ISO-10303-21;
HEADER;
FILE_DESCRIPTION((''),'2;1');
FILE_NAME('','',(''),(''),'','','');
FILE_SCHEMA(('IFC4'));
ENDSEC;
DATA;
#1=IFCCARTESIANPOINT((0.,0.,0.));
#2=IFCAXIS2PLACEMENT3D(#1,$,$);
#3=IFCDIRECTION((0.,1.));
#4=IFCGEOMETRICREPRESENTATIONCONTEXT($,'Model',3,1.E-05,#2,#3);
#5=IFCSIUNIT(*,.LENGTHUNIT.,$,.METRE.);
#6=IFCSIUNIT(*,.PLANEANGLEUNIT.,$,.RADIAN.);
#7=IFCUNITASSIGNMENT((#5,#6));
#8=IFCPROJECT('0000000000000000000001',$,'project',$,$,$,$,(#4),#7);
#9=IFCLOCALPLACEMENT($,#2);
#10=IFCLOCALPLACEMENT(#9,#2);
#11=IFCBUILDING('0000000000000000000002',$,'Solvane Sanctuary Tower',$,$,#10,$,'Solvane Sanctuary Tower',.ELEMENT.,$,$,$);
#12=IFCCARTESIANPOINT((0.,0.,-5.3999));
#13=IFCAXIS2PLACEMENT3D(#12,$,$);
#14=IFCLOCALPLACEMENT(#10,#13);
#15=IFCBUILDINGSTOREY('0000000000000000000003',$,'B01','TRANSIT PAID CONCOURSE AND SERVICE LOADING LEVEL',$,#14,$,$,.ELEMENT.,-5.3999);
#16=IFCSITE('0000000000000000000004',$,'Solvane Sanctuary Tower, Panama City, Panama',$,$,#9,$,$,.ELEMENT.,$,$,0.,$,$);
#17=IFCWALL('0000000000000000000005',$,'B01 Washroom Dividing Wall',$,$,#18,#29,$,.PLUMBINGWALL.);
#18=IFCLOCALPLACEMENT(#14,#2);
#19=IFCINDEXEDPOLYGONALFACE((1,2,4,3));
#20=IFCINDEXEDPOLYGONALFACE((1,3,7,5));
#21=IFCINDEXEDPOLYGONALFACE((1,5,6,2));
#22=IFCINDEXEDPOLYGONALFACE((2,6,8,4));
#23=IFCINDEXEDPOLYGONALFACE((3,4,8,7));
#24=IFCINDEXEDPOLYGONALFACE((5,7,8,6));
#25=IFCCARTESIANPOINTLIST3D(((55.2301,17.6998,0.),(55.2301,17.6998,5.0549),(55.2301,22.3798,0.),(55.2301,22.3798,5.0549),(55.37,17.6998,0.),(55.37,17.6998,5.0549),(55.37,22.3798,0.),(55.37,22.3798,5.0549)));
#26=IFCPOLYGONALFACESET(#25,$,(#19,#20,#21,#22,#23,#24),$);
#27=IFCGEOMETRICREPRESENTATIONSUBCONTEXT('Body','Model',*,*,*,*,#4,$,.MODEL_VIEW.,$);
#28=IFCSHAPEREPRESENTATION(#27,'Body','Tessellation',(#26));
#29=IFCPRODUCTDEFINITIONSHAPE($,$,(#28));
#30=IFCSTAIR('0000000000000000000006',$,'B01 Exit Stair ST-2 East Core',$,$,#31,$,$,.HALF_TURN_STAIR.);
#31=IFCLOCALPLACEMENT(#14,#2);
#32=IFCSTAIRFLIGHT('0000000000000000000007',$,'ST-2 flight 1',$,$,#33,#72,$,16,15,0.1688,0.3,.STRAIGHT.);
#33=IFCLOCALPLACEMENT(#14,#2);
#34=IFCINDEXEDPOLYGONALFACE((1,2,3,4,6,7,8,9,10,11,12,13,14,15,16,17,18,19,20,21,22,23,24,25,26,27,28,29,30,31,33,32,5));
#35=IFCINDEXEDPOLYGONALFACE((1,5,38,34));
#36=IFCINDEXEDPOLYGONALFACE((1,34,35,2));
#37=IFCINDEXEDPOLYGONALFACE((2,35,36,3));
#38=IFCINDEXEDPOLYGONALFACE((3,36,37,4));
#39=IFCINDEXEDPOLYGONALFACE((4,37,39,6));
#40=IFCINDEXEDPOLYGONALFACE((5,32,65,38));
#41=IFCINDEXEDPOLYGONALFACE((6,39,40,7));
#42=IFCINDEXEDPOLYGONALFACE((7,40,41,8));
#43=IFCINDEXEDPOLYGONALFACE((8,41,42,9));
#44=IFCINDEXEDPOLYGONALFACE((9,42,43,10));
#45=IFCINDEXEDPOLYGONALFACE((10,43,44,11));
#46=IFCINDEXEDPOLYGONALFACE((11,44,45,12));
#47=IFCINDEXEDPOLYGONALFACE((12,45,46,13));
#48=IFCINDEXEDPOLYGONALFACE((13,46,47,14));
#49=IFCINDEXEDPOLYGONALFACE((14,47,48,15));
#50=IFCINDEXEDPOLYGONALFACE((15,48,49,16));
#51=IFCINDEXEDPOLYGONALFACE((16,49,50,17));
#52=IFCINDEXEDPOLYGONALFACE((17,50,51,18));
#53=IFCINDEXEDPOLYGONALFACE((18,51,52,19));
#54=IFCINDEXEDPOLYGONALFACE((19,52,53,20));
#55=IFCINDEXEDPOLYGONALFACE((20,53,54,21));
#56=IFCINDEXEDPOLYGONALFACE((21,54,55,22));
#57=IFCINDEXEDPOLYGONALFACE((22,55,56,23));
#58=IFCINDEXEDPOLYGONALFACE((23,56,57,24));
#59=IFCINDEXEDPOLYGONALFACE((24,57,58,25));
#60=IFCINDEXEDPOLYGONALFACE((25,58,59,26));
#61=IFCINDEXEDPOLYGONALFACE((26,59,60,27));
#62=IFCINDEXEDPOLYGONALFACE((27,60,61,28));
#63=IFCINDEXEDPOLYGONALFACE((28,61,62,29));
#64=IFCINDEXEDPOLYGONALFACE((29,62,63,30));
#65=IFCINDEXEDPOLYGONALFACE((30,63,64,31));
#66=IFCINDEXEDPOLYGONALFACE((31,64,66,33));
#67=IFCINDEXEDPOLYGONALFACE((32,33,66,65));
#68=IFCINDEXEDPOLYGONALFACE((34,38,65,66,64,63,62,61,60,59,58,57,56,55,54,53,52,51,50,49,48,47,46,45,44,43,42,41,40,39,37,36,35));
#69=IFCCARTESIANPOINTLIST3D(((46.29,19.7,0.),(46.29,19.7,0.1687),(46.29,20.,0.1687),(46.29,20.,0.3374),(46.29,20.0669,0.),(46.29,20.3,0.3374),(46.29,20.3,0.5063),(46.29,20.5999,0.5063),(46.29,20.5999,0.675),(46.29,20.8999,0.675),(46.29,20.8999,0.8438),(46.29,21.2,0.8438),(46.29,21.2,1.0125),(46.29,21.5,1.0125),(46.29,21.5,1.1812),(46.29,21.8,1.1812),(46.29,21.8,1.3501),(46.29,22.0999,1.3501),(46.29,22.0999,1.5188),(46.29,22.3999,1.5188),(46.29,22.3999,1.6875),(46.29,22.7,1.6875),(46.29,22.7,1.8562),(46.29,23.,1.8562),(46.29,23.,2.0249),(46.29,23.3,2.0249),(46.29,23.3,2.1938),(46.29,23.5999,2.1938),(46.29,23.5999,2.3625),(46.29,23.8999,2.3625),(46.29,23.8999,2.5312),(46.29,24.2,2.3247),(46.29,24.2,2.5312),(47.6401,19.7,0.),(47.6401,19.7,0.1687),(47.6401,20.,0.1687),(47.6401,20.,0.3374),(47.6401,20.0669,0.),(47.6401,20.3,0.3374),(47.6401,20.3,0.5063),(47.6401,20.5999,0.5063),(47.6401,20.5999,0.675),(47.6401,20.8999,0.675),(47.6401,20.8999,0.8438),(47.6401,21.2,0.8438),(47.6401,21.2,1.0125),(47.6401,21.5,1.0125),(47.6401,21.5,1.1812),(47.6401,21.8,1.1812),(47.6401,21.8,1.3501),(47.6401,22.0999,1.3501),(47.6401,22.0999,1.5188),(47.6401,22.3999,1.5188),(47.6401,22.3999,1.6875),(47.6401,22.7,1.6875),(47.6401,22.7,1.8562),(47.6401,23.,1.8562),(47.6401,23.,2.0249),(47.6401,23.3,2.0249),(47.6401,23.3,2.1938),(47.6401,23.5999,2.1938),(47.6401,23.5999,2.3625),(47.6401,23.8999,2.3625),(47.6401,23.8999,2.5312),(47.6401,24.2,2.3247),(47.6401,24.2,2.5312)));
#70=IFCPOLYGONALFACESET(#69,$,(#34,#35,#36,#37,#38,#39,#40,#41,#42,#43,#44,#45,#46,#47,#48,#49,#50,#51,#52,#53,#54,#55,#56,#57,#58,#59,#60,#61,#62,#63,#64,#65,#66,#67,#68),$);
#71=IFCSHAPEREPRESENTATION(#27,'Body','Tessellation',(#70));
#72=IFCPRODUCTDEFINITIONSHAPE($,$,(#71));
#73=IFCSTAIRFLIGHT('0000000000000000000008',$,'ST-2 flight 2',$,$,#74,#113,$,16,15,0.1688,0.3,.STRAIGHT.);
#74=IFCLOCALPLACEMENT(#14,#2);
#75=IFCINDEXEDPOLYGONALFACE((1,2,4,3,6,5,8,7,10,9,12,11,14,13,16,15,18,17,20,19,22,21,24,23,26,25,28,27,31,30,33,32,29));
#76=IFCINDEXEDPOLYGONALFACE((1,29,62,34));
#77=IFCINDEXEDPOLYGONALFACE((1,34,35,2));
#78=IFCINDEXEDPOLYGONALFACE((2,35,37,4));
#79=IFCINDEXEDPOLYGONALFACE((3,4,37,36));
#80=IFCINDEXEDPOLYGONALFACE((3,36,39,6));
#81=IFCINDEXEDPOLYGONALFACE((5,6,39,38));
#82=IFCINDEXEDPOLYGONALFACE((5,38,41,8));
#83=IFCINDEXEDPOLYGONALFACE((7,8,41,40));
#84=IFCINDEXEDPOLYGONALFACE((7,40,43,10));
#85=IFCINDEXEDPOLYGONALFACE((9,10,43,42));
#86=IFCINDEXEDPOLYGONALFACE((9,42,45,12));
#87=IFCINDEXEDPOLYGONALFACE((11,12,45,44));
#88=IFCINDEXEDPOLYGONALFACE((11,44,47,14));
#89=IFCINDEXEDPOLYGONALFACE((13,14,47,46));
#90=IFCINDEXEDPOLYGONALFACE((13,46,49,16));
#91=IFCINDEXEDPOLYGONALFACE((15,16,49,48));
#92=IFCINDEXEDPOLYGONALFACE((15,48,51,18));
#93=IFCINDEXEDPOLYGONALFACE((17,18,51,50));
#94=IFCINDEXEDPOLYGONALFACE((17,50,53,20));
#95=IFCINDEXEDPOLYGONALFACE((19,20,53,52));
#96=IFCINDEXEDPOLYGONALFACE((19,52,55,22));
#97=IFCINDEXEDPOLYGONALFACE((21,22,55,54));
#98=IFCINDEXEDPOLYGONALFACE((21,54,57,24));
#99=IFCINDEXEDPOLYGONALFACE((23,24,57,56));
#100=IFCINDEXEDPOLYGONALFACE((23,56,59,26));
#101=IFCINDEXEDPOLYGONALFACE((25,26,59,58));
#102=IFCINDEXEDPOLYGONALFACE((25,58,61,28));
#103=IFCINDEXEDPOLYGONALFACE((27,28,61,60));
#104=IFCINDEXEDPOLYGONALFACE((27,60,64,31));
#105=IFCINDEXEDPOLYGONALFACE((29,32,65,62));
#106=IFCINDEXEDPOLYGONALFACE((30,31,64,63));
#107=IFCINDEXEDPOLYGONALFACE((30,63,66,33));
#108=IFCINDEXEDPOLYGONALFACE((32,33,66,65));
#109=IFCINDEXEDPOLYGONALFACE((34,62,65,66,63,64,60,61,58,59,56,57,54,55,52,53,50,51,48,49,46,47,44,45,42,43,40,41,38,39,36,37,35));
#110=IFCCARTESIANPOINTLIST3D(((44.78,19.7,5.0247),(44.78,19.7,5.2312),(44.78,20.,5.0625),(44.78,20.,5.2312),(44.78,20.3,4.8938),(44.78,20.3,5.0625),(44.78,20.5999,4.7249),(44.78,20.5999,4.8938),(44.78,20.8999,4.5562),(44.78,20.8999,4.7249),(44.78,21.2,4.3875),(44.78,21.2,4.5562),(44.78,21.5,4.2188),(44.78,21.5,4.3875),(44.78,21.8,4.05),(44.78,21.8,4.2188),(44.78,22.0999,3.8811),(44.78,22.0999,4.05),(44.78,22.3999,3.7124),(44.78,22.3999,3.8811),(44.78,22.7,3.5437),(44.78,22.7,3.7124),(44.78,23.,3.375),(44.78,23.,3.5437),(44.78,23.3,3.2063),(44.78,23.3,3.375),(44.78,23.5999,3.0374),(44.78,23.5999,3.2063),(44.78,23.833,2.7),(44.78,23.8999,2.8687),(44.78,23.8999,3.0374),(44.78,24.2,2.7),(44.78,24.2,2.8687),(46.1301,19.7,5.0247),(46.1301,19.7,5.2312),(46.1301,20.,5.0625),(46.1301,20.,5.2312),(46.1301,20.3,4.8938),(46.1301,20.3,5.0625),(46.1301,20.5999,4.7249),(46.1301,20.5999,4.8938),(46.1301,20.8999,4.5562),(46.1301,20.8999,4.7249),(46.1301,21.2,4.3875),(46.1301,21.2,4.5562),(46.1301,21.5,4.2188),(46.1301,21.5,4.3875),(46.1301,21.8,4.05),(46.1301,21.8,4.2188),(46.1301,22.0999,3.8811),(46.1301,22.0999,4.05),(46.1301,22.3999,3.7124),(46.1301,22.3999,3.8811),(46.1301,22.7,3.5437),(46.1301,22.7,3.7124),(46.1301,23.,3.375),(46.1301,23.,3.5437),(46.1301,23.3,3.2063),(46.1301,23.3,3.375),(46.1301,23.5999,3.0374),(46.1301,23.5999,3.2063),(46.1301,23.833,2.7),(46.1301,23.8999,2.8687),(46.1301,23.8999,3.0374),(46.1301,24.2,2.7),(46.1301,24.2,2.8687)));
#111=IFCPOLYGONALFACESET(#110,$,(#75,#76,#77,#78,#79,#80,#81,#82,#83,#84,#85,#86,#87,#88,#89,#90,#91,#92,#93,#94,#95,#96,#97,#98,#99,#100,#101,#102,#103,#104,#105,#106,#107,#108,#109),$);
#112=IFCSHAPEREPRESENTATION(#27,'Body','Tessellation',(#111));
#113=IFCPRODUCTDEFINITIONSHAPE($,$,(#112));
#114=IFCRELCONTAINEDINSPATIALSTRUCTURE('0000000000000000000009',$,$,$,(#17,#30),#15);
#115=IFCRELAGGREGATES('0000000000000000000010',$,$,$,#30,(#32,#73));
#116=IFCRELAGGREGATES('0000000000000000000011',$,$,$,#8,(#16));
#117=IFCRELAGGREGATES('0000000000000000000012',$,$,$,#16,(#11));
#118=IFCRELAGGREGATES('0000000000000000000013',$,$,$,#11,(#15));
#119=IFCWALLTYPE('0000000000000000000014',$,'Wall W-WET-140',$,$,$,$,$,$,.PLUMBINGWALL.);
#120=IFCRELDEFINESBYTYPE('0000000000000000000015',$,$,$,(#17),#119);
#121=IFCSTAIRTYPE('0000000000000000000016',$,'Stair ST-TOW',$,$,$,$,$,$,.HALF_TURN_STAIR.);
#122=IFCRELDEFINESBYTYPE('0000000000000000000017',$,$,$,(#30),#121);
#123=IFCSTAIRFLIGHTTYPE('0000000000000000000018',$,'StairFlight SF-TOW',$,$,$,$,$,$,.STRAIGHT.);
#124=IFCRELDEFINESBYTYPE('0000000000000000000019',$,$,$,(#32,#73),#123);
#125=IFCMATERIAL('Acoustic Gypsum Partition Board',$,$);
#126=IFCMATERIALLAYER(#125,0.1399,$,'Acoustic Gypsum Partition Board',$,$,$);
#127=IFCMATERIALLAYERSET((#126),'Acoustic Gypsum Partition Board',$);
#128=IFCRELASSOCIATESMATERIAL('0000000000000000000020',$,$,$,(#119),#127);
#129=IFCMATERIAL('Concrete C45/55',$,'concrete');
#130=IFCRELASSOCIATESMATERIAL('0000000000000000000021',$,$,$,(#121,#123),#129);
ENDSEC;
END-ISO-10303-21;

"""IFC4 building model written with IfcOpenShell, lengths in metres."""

from ifc_helpers import new_model, si_unit, direction, frame, frame_2d, origin, place, context, subcontext, project, spatial, polyline, rectangle, outline, extrude, material, layer, layer_set, type_object, element, aggregate, save


model = new_model("IFC4")

# Units and contexts
model_context = context("Model", 3, precision=1e-05, world=origin(), true_north=direction((0.0, 1.0)))
body_context = subcontext(model_context, "Body", "Model", "MODEL_VIEW")
ifc_project = project(units=[si_unit("LENGTHUNIT", "METRE"), si_unit("PLANEANGLEUNIT", "RADIAN")], contexts=[model_context])

# Site, building, storey
site_placement = place(None, origin())
site = spatial("IfcSite", under=ifc_project, at=site_placement, Name="Solvane Sanctuary Tower, Panama City, Panama", CompositionType="ELEMENT", RefElevation=0.0)
building_placement = place(site_placement, origin())
building = spatial("IfcBuilding", under=site, at=building_placement, Name="Solvane Sanctuary Tower", LongName="Solvane Sanctuary Tower", CompositionType="ELEMENT")
storey_placement = place(building_placement, frame((0.0, 0.0, -5.3999)))
storey = spatial("IfcBuildingStorey", under=building, at=storey_placement, Name="B01", Description="TRANSIT PAID CONCOURSE AND SERVICE LOADING LEVEL", CompositionType="ELEMENT", Elevation=-5.3999)

# Shared definitions
ifc_material_1 = material(Name="Acoustic Gypsum Partition Board")

# Shared definitions
ifc_layer_1 = layer(ifc_material_1, 0.1399, Name="Acoustic Gypsum Partition Board")
ifc_layer_set_1 = layer_set([ifc_layer_1], Name="Acoustic Gypsum Partition Board")
wall_type_1 = type_object("IfcWallType", Name="Wall W-WET-140", PredefinedType="PLUMBINGWALL", material=ifc_layer_set_1)

# Wall
for number, where, z_axis, x_axis, name in (
    (1, (55.3, 17.7, 0.0), (0.0, 0.0, 1.0), (0.0, 1.0, 0.0), "B01 Washroom Dividing Wall"),
):
    element("IfcWall", number, at=place(storey_placement, frame(where, z_axis=z_axis, x_axis=x_axis)), inside=storey, type_object=wall_type_1, Name=name, PredefinedType="PLUMBINGWALL", context=body_context, shape_type="SweptSolid", body=[
        extrude(rectangle(XDim=4.6799, YDim=0.1399, at=frame_2d((2.3398, 0.0))), origin(), (0.0, 0.0, 1.0), 5.0549),
    ])

# Stair, stair flights
ifc_material_2 = material(Name="Concrete C45/55", Category="concrete")
stair_type = type_object("IfcStairType", Name="Stair ST-TOW", PredefinedType="HALF_TURN_STAIR", material=ifc_material_2)
stair_placement = place(storey_placement, origin())
stair = element("IfcStair", 2, at=stair_placement, inside=storey, type_object=stair_type, Name="B01 Exit Stair ST-2 East Core", PredefinedType="HALF_TURN_STAIR")
stair_flight_type = type_object("IfcStairFlightType", Name="StairFlight SF-TOW", PredefinedType="STRAIGHT", material=ifc_material_2)
stair_flight_1_placement = place(storey_placement, frame((46.9651, 19.7, 0.0), z_axis=(0.0, 0.0, 1.0), x_axis=(0.0, 1.0, 0.0)))
stair_flight_1 = element("IfcStairFlight", 3, at=stair_flight_1_placement, type_object=stair_flight_type, Name="ST-2 flight 1", NumberOfRisers=16, NumberOfTreads=15, PredefinedType="STRAIGHT", RiserHeight=0.1688, TreadLength=0.3, context=body_context, shape_type="SweptSolid", body=[
    extrude(outline(polyline([(0.0, 0.0), (0.0, 0.1687), (0.3, 0.1687), (0.3, 0.3374), (0.6001, 0.3374), (0.6001, 0.5063), (0.8999, 0.5063), (0.8999, 0.675), (1.2, 0.675), (1.2, 0.8438), (1.5, 0.8438), (1.5, 1.0125), (1.8, 1.0125), (1.8, 1.1812), (2.1001, 1.1812), (2.1001, 1.3501), (2.3999, 1.3501), (2.3999, 1.5188), (2.7, 1.5188), (2.7, 1.6875), (3.0, 1.6875), (3.0, 1.8562), (3.3, 1.8562), (3.3, 2.0249), (3.6001, 2.0249), (3.6001, 2.1938), (3.8999, 2.1938), (3.8999, 2.3625), (4.2, 2.3625), (4.2, 2.5312), (4.5, 2.5312), (4.5, 2.7), (4.5, 2.3247), (0.3669, 0.0), (0.0, 0.0)])), frame((0.0, 0.675, 0.0), z_axis=(0.0, -1.0, 0.0), x_axis=(1.0, 0.0, 0.0)), (0.0, 0.0, 1.0), 1.3501),
])
stair_flight_2_placement = place(storey_placement, frame((45.4551, 24.2, 2.7), z_axis=(0.0, 0.0, 1.0), x_axis=(0.0, -1.0, 0.0)))
stair_flight_2 = element("IfcStairFlight", 4, at=stair_flight_2_placement, type_object=stair_flight_type, Name="ST-2 flight 2", NumberOfRisers=16, NumberOfTreads=15, PredefinedType="STRAIGHT", RiserHeight=0.1688, TreadLength=0.3, context=body_context, shape_type="SweptSolid", body=[
    extrude(outline(polyline([(0.0, 0.0), (0.0, 0.1687), (0.3, 0.1687), (0.3, 0.3374), (0.6001, 0.3374), (0.6001, 0.5063), (0.8999, 0.5063), (0.8999, 0.675), (1.2, 0.675), (1.2, 0.8438), (1.5, 0.8438), (1.5, 1.0125), (1.8, 1.0125), (1.8, 1.1812), (2.1001, 1.1812), (2.1001, 1.3501), (2.3999, 1.3501), (2.3999, 1.5188), (2.7, 1.5188), (2.7, 1.6875), (3.0, 1.6875), (3.0, 1.8562), (3.3, 1.8562), (3.3, 2.0249), (3.6001, 2.0249), (3.6001, 2.1938), (3.8999, 2.1938), (3.8999, 2.3625), (4.2, 2.3625), (4.2, 2.5312), (4.5, 2.5312), (4.5, 2.7), (4.5, 2.3247), (0.3669, 0.0), (0.0, 0.0)])), frame((0.0, 0.675, 0.0), z_axis=(0.0, -1.0, 0.0), x_axis=(1.0, 0.0, 0.0)), (0.0, 0.0, 1.0), 1.3501),
])
aggregate(stair, [stair_flight_1, stair_flight_2])

save(model, "model.ifc")
